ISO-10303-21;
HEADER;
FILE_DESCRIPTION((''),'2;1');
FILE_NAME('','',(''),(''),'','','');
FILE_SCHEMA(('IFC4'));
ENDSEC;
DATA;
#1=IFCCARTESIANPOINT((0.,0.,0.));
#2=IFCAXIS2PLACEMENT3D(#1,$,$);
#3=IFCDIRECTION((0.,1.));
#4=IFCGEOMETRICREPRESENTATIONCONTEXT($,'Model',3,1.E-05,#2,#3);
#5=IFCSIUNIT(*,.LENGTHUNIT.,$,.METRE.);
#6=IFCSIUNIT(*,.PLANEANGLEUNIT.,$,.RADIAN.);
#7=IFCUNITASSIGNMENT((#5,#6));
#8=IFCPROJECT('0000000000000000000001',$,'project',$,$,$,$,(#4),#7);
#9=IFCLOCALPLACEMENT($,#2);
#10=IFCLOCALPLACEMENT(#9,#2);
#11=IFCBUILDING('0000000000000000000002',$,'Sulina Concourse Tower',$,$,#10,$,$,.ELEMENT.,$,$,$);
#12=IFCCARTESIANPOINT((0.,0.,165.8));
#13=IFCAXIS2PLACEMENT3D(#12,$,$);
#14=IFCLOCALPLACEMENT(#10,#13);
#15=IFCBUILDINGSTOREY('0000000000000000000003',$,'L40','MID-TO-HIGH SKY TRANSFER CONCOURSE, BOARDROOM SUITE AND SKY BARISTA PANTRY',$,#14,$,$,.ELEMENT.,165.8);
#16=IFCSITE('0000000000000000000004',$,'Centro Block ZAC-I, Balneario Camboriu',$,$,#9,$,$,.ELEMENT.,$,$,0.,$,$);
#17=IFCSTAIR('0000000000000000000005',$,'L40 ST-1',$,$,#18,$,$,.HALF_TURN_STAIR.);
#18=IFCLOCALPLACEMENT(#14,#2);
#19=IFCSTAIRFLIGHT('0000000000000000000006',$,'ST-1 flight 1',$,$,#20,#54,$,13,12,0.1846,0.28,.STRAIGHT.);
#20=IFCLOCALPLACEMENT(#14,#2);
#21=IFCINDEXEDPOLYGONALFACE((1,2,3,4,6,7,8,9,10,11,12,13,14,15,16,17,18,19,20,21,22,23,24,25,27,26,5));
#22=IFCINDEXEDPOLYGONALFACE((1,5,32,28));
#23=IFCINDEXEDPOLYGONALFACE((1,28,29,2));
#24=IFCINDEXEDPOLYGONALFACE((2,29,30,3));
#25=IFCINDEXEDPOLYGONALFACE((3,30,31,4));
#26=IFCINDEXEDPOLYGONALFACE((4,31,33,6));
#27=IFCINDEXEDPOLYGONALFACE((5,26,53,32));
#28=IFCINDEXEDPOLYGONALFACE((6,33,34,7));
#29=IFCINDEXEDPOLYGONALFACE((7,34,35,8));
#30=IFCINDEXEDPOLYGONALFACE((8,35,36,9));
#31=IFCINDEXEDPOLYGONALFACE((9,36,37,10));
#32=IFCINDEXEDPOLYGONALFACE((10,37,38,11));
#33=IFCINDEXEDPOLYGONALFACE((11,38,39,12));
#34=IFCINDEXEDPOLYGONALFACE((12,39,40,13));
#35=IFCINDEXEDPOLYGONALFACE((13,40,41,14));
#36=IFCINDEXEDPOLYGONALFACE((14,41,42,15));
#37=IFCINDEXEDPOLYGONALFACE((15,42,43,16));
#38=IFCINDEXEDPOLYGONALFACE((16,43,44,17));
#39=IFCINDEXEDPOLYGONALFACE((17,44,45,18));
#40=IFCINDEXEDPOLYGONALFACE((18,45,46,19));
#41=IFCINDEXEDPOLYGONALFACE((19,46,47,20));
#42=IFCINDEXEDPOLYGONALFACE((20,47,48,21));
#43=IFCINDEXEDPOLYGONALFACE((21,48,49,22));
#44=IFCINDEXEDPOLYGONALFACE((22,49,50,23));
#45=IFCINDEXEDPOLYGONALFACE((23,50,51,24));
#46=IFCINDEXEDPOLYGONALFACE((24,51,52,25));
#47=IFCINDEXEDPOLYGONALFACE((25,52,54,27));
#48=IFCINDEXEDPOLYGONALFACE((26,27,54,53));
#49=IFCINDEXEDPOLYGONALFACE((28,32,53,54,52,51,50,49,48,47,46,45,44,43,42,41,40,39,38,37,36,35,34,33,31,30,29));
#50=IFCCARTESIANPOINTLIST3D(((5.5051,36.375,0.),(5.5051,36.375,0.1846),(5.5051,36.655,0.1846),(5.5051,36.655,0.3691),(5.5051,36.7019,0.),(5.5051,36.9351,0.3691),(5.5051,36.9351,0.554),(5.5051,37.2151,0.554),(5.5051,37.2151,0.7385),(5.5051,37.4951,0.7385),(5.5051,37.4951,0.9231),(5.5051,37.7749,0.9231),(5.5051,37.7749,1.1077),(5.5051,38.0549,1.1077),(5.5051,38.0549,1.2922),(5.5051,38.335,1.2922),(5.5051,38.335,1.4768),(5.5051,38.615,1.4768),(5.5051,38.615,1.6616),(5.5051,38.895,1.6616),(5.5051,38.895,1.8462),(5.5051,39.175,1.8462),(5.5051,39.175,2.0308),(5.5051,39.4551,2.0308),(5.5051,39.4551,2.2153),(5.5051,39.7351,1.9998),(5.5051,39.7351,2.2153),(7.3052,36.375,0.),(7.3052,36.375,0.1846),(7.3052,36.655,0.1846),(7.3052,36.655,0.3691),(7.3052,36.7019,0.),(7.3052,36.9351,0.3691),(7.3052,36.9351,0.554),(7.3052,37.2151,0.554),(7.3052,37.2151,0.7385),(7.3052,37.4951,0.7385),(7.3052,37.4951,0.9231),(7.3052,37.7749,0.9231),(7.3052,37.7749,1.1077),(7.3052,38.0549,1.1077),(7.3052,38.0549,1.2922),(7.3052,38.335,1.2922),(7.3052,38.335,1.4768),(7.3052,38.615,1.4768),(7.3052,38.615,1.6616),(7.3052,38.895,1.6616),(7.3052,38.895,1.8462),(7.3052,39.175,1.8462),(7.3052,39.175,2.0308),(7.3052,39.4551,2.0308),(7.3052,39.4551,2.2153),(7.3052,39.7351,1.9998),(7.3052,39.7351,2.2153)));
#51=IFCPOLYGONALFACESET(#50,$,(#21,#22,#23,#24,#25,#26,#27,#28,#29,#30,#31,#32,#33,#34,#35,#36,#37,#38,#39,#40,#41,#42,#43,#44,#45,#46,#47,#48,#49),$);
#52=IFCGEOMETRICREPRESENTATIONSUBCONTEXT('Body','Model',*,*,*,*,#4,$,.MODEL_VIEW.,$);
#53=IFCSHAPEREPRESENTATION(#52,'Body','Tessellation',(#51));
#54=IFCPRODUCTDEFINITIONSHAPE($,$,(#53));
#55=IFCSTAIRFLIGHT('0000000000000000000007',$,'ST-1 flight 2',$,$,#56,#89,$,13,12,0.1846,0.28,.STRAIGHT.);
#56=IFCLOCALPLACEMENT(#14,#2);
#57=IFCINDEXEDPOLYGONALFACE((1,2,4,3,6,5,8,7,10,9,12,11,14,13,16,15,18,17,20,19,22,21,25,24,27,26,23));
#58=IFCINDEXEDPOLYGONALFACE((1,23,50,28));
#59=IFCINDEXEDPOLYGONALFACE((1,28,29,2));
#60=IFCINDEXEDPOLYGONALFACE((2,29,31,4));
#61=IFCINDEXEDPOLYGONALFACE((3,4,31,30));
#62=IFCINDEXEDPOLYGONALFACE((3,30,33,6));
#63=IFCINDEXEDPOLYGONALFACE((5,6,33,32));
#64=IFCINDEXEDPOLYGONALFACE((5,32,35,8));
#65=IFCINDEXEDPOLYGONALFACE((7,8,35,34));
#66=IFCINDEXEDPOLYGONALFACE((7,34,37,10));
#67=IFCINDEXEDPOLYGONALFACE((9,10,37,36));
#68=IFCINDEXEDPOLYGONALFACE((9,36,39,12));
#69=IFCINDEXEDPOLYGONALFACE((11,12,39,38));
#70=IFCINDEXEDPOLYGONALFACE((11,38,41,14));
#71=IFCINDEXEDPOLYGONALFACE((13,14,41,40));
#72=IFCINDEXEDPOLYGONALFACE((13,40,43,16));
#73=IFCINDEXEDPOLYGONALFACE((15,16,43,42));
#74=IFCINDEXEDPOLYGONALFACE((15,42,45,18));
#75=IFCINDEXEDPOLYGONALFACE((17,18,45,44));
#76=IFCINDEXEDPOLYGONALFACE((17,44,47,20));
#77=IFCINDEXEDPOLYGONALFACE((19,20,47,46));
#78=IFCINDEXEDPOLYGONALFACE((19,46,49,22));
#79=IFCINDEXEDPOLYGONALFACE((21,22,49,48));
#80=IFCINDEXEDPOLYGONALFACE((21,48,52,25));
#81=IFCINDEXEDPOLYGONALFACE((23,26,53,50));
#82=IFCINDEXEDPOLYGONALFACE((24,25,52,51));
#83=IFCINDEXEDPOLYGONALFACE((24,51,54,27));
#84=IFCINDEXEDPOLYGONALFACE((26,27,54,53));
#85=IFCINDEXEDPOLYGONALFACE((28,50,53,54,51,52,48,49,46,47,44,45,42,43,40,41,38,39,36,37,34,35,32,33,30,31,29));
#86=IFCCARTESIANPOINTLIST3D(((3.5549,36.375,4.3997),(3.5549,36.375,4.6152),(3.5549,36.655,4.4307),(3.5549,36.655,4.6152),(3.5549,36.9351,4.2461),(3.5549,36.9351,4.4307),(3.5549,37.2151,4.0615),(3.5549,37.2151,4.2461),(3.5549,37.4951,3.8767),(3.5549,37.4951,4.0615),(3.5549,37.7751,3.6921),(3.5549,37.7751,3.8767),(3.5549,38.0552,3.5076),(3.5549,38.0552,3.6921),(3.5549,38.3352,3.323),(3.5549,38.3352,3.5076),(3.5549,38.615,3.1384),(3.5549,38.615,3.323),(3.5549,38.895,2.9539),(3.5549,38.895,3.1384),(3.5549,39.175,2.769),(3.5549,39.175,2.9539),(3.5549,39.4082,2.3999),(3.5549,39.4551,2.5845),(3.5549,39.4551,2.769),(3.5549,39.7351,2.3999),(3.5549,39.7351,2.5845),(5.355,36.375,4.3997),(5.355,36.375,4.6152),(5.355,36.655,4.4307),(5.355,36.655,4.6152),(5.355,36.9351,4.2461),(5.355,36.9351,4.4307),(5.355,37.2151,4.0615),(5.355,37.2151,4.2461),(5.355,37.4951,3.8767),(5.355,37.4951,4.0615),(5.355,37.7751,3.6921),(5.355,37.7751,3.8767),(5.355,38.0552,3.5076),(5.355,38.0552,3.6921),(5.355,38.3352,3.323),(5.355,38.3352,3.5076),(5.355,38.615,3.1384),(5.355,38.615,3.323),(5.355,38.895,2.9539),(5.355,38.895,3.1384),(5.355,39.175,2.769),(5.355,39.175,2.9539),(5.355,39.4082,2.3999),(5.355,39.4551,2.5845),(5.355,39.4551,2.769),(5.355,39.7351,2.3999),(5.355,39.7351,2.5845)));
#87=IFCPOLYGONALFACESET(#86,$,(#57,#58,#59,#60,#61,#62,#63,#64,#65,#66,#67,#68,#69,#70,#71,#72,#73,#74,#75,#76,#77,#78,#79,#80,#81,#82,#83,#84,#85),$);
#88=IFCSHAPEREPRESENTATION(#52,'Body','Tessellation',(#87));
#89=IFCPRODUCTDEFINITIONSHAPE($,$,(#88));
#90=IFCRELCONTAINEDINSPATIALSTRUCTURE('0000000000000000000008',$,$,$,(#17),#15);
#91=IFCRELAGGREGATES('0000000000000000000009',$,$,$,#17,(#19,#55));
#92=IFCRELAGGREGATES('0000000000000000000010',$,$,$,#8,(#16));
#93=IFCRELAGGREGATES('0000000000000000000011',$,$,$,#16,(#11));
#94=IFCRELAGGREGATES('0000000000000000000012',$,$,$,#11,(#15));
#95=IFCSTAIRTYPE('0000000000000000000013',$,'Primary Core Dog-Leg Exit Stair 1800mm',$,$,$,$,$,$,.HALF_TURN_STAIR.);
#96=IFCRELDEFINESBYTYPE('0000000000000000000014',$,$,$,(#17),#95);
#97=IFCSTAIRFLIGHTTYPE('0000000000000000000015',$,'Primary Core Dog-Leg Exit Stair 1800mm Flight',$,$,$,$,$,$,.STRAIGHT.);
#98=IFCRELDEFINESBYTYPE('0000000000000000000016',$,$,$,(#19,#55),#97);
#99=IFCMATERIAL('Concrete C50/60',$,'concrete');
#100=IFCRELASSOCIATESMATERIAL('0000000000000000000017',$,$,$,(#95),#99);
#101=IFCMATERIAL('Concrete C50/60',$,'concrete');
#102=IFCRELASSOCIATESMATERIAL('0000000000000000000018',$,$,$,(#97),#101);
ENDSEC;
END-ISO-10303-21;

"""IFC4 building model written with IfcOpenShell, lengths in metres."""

from ifc_helpers import new_model, si_unit, direction, frame, origin, place, context, subcontext, project, spatial, polyline, outline, extrude, material, type_object, element, aggregate, save


model = new_model("IFC4")

# Units and contexts
model_context = context("Model", 3, precision=1e-05, world=origin(), true_north=direction((0.0, 1.0)))
body_context = subcontext(model_context, "Body", "Model", "MODEL_VIEW")
ifc_project = project(units=[si_unit("LENGTHUNIT", "METRE"), si_unit("PLANEANGLEUNIT", "RADIAN")], contexts=[model_context])

# Site, building, storey
site_placement = place(None, origin())
site = spatial("IfcSite", under=ifc_project, at=site_placement, Name="Centro Block ZAC-I, Balneario Camboriu", CompositionType="ELEMENT", RefElevation=0.0)
building_placement = place(site_placement, origin())
building = spatial("IfcBuilding", under=site, at=building_placement, Name="Sulina Concourse Tower", CompositionType="ELEMENT")
storey_placement = place(building_placement, frame((0.0, 0.0, 165.8)))
storey = spatial("IfcBuildingStorey", under=building, at=storey_placement, Name="L40", Description="MID-TO-HIGH SKY TRANSFER CONCOURSE, BOARDROOM SUITE AND SKY BARISTA PANTRY", CompositionType="ELEMENT", Elevation=165.8)

# Stair, stair flights
ifc_material_1 = material(Name="Concrete C50/60", Category="concrete")
stair_type = type_object("IfcStairType", Name="Primary Core Dog-Leg Exit Stair 1800mm", PredefinedType="HALF_TURN_STAIR", material=ifc_material_1)
stair_placement = place(storey_placement, origin())
stair = element("IfcStair", 1, at=stair_placement, inside=storey, type_object=stair_type, Name="L40 ST-1", PredefinedType="HALF_TURN_STAIR")
ifc_material_2 = material(Name="Concrete C50/60", Category="concrete")
stair_flight_type = type_object("IfcStairFlightType", Name="Primary Core Dog-Leg Exit Stair 1800mm Flight", PredefinedType="STRAIGHT", material=ifc_material_2)
stair_flight_1_placement = place(storey_placement, frame((6.405, 36.375, 0.0), z_axis=(0.0, 0.0, 1.0), x_axis=(0.0, 1.0, 0.0)))
stair_flight_1 = element("IfcStairFlight", 2, at=stair_flight_1_placement, type_object=stair_flight_type, Name="ST-1 flight 1", NumberOfRisers=13, NumberOfTreads=12, PredefinedType="STRAIGHT", RiserHeight=0.1846, TreadLength=0.28, context=body_context, shape_type="SweptSolid", body=[
    extrude(outline(polyline([(0.0, 0.0), (0.0, 0.1846), (0.28, 0.1846), (0.28, 0.3691), (0.5601, 0.3691), (0.5601, 0.554), (0.8401, 0.554), (0.8401, 0.7385), (1.1201, 0.7385), (1.1201, 0.9231), (1.3999, 0.9231), (1.3999, 1.1077), (1.6799, 1.1077), (1.6799, 1.2922), (1.96, 1.2922), (1.96, 1.4768), (2.24, 1.4768), (2.24, 1.6616), (2.52, 1.6616), (2.52, 1.8462), (2.8, 1.8462), (2.8, 2.0308), (3.0801, 2.0308), (3.0801, 2.2153), (3.3601, 2.2153), (3.3601, 2.3999), (3.3601, 1.9998), (0.3269, 0.0), (0.0, 0.0)])), frame((0.0, 0.8999, 0.0), z_axis=(0.0, -1.0, 0.0), x_axis=(1.0, 0.0, 0.0)), (0.0, 0.0, 1.0), 1.8),
])
stair_flight_2_placement = place(storey_placement, frame((4.4551, 39.7351, 2.3999), z_axis=(0.0, 0.0, 1.0), x_axis=(0.0, -1.0, 0.0)))
stair_flight_2 = element("IfcStairFlight", 3, at=stair_flight_2_placement, type_object=stair_flight_type, Name="ST-1 flight 2", NumberOfRisers=13, NumberOfTreads=12, PredefinedType="STRAIGHT", RiserHeight=0.1846, TreadLength=0.28, context=body_context, shape_type="SweptSolid", body=[
    extrude(outline(polyline([(0.0, 0.0), (0.0, 0.1846), (0.28, 0.1846), (0.28, 0.3691), (0.5601, 0.3691), (0.5601, 0.554), (0.8401, 0.554), (0.8401, 0.7385), (1.1201, 0.7385), (1.1201, 0.9231), (1.3999, 0.9231), (1.3999, 1.1077), (1.6799, 1.1077), (1.6799, 1.2922), (1.96, 1.2922), (1.96, 1.4768), (2.24, 1.4768), (2.24, 1.6616), (2.52, 1.6616), (2.52, 1.8462), (2.8, 1.8462), (2.8, 2.0308), (3.0801, 2.0308), (3.0801, 2.2153), (3.3601, 2.2153), (3.3601, 2.3999), (3.3601, 1.9998), (0.3269, 0.0), (0.0, 0.0)])), frame((0.0, 0.8999, 0.0), z_axis=(0.0, -1.0, 0.0), x_axis=(1.0, 0.0, 0.0)), (0.0, 0.0, 1.0), 1.8),
])
aggregate(stair, [stair_flight_1, stair_flight_2])

save(model, "model.ifc")
